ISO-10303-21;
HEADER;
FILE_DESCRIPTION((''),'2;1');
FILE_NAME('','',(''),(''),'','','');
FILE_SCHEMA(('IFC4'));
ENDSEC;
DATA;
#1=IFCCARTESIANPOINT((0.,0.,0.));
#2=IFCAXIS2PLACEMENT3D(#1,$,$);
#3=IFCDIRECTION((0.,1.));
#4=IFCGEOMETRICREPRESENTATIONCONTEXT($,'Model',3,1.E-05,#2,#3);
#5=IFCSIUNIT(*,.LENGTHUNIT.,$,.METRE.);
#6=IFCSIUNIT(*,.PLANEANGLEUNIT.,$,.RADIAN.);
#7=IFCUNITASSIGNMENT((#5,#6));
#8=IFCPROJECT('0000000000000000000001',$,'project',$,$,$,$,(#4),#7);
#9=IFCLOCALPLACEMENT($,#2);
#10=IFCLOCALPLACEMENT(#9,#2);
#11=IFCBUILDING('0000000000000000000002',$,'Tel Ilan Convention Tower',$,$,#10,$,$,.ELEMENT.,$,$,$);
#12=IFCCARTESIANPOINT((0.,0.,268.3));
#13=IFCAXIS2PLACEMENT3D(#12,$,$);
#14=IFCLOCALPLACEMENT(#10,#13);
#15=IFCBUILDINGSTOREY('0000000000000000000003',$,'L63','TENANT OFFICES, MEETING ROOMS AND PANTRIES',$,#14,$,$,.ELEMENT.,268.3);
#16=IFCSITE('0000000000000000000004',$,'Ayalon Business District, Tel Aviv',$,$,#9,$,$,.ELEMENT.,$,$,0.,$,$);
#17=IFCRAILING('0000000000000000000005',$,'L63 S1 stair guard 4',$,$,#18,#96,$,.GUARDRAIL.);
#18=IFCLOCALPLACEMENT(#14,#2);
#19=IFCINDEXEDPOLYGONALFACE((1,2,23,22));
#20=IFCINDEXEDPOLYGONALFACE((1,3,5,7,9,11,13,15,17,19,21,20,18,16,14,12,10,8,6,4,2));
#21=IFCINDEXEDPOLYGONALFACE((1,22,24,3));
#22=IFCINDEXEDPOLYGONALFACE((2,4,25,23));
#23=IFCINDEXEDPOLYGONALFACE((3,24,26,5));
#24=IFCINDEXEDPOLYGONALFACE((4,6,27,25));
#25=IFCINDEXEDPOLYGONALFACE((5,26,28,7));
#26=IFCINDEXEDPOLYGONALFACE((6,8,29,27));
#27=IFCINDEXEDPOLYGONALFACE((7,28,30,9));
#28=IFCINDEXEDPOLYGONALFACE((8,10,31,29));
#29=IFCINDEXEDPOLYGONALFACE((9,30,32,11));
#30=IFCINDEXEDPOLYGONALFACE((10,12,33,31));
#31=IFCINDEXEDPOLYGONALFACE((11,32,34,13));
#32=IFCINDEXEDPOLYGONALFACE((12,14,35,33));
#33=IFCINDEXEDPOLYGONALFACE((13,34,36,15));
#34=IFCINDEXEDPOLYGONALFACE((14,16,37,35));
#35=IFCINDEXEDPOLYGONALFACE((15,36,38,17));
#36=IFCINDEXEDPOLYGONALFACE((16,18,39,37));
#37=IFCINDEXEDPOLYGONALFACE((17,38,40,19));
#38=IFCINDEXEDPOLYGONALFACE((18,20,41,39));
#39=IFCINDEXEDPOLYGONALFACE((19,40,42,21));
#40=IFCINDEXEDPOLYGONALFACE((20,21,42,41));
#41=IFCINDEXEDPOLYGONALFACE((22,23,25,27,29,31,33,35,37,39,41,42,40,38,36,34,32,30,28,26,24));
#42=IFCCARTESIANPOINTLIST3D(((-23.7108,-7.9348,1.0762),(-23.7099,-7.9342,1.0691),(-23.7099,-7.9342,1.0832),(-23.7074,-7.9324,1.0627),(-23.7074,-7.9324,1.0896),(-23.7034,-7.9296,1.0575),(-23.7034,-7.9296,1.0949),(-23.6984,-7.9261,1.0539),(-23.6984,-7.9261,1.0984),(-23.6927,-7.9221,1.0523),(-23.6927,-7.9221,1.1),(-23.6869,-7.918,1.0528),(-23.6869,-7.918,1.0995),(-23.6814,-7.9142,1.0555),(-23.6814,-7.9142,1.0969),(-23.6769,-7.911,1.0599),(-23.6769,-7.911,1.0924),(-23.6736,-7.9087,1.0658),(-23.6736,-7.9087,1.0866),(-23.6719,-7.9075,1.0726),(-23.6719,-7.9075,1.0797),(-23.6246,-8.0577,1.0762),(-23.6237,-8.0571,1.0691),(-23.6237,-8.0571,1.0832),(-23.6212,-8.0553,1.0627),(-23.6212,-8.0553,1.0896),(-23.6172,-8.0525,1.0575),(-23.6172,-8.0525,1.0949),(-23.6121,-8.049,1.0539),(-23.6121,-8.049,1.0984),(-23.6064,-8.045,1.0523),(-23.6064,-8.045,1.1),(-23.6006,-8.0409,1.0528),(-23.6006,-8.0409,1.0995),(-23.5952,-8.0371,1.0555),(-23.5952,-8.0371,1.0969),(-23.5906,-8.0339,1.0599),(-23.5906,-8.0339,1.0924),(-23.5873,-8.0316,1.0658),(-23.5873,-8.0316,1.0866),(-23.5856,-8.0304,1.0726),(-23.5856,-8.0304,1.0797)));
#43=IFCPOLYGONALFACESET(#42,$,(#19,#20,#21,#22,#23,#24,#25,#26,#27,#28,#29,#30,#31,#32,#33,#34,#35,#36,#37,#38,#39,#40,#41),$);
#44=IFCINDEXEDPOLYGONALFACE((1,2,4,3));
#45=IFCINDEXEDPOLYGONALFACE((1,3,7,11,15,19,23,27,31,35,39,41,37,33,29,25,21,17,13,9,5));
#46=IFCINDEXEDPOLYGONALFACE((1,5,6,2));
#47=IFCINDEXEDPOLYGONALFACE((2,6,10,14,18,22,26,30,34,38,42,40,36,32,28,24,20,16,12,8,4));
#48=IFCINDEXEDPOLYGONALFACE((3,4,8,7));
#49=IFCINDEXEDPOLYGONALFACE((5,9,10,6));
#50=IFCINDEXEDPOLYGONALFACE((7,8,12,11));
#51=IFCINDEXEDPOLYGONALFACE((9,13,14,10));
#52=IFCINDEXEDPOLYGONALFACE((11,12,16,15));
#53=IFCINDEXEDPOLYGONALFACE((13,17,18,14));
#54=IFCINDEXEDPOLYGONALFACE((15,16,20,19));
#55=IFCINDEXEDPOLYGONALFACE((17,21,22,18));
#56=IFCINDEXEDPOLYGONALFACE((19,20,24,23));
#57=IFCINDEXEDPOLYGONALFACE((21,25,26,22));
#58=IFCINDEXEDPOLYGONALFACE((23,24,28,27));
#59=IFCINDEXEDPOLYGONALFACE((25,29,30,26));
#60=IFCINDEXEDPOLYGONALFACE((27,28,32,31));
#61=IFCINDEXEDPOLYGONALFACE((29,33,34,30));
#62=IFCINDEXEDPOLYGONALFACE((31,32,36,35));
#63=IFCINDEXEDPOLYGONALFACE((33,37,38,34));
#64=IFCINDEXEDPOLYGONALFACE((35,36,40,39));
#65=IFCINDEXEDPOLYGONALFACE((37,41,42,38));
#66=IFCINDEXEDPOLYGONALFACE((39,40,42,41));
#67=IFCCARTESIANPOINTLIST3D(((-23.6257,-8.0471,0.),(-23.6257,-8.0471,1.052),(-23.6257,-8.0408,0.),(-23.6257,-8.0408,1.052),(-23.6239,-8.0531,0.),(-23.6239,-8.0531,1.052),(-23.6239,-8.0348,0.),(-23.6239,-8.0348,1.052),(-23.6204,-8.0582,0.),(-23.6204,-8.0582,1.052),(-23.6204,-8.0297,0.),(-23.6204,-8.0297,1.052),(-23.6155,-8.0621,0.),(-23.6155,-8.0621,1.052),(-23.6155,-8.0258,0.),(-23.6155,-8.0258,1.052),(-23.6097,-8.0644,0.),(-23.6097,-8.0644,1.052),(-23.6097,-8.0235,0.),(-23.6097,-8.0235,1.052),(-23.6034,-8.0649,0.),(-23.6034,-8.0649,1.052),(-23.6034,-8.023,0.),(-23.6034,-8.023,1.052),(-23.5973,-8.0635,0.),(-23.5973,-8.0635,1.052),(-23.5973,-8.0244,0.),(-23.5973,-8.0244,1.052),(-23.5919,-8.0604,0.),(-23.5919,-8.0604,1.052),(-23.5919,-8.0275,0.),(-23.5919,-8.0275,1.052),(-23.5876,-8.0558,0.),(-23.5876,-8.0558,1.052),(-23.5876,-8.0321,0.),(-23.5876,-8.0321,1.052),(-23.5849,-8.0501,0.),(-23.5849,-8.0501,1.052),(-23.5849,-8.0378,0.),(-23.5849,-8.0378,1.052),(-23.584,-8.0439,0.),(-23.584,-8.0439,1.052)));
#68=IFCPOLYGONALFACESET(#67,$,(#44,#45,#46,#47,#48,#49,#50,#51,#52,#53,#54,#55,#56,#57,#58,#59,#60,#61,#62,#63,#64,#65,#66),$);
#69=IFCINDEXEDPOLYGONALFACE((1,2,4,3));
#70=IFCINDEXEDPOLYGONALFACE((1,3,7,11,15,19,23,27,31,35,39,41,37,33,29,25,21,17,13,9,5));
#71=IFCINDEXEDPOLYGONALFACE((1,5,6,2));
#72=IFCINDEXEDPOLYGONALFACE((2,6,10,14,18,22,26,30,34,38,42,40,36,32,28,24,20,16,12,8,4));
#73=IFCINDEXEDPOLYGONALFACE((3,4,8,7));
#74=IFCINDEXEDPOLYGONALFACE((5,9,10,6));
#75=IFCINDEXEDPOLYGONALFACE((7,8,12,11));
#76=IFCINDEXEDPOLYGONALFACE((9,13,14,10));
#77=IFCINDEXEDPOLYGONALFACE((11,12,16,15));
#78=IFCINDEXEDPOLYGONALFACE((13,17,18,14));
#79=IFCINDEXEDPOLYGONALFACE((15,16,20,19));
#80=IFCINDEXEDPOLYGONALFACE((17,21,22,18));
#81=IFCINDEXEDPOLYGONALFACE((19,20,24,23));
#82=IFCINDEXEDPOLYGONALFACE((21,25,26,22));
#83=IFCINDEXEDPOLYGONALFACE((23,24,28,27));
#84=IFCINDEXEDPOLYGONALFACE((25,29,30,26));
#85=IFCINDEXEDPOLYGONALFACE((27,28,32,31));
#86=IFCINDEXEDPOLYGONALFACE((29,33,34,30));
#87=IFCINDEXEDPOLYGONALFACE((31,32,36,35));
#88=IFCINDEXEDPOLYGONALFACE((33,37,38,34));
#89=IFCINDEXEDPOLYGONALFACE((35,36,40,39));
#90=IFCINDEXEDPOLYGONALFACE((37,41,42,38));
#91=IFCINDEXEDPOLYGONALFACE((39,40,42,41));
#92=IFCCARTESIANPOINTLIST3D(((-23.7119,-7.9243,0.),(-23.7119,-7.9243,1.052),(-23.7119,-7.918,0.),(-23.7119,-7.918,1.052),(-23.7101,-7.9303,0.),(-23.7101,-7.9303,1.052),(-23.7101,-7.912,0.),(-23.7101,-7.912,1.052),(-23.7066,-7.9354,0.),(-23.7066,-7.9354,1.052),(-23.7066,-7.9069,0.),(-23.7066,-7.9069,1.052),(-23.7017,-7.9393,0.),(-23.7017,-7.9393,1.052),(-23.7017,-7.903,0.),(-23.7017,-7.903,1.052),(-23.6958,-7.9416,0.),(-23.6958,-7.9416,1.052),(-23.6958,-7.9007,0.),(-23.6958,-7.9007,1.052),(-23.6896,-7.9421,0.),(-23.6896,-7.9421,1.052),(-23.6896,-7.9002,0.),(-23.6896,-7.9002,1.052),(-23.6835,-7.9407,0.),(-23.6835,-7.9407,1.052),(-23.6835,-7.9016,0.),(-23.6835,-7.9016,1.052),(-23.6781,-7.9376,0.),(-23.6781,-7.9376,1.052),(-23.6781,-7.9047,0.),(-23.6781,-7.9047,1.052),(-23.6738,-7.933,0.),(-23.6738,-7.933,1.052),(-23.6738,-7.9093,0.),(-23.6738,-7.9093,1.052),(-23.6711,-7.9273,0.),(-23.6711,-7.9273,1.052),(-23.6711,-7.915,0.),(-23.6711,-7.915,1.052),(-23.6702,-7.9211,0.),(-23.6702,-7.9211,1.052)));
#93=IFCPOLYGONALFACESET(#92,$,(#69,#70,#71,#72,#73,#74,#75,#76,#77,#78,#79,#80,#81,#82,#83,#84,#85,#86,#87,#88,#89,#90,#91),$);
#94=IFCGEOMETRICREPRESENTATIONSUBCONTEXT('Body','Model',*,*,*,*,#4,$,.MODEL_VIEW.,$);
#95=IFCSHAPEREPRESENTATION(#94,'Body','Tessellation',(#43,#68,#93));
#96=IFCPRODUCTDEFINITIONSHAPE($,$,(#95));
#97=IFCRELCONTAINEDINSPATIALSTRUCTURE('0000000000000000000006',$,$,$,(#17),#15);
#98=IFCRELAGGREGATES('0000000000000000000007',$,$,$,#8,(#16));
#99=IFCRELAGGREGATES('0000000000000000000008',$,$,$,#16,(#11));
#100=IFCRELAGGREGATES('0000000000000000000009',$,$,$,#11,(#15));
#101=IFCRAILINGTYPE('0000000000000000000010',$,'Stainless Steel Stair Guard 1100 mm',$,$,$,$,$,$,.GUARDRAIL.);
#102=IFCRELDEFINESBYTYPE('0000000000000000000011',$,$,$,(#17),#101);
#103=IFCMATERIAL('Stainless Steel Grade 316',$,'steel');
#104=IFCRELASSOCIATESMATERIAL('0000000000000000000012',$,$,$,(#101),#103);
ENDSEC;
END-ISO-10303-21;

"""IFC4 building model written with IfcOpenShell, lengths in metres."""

from ifc_helpers import new_model, si_unit, direction, frame, origin, origin_2d, place, context, subcontext, project, spatial, circle, extrude, material, type_object, element, save


model = new_model("IFC4")

# Units and contexts
model_context = context("Model", 3, precision=1e-05, world=origin(), true_north=direction((0.0, 1.0)))
body_context = subcontext(model_context, "Body", "Model", "MODEL_VIEW")
ifc_project = project(units=[si_unit("LENGTHUNIT", "METRE"), si_unit("PLANEANGLEUNIT", "RADIAN")], contexts=[model_context])

# Site, building, storey
site_placement = place(None, origin())
site = spatial("IfcSite", under=ifc_project, at=site_placement, Name="Ayalon Business District, Tel Aviv", CompositionType="ELEMENT", RefElevation=0.0)
building_placement = place(site_placement, origin())
building = spatial("IfcBuilding", under=site, at=building_placement, Name="Tel Ilan Convention Tower", CompositionType="ELEMENT")
storey_placement = place(building_placement, frame((0.0, 0.0, 268.3)))
storey = spatial("IfcBuildingStorey", under=building, at=storey_placement, Name="L63", Description="TENANT OFFICES, MEETING ROOMS AND PANTRIES", CompositionType="ELEMENT", Elevation=268.3)

# Railing
ifc_material_1 = material(Name="Stainless Steel Grade 316", Category="steel")
railing_type_1 = type_object("IfcRailingType", Name="Stainless Steel Stair Guard 1100 mm", PredefinedType="GUARDRAIL", material=ifc_material_1)
railing_1_placement = place(storey_placement, frame((-23.605, -8.0439, 0.0)))
element("IfcRailing", 1, at=railing_1_placement, inside=storey, type_object=railing_type_1, Name="L63 S1 stair guard 4", PredefinedType="GUARDRAIL", context=body_context, shape_type="SweptSolid", body=[
    extrude(circle(Radius=0.0239, at=origin_2d()), frame((0.0, 0.0, 1.0762), z_axis=(-0.574445, 0.818543, 0.0), x_axis=(-0.818543, -0.574445, 0.0)), (0.0, 0.0, 1.0), 0.1501),
    extrude(circle(Radius=0.021, at=origin_2d()), origin(), (0.0, 0.0, 1.0), 1.052),
    extrude(circle(Radius=0.021, at=origin_2d()), frame((-0.0862, 0.1228, 0.0)), (0.0, 0.0, 1.0), 1.052),
])

save(model, "model.ifc")
